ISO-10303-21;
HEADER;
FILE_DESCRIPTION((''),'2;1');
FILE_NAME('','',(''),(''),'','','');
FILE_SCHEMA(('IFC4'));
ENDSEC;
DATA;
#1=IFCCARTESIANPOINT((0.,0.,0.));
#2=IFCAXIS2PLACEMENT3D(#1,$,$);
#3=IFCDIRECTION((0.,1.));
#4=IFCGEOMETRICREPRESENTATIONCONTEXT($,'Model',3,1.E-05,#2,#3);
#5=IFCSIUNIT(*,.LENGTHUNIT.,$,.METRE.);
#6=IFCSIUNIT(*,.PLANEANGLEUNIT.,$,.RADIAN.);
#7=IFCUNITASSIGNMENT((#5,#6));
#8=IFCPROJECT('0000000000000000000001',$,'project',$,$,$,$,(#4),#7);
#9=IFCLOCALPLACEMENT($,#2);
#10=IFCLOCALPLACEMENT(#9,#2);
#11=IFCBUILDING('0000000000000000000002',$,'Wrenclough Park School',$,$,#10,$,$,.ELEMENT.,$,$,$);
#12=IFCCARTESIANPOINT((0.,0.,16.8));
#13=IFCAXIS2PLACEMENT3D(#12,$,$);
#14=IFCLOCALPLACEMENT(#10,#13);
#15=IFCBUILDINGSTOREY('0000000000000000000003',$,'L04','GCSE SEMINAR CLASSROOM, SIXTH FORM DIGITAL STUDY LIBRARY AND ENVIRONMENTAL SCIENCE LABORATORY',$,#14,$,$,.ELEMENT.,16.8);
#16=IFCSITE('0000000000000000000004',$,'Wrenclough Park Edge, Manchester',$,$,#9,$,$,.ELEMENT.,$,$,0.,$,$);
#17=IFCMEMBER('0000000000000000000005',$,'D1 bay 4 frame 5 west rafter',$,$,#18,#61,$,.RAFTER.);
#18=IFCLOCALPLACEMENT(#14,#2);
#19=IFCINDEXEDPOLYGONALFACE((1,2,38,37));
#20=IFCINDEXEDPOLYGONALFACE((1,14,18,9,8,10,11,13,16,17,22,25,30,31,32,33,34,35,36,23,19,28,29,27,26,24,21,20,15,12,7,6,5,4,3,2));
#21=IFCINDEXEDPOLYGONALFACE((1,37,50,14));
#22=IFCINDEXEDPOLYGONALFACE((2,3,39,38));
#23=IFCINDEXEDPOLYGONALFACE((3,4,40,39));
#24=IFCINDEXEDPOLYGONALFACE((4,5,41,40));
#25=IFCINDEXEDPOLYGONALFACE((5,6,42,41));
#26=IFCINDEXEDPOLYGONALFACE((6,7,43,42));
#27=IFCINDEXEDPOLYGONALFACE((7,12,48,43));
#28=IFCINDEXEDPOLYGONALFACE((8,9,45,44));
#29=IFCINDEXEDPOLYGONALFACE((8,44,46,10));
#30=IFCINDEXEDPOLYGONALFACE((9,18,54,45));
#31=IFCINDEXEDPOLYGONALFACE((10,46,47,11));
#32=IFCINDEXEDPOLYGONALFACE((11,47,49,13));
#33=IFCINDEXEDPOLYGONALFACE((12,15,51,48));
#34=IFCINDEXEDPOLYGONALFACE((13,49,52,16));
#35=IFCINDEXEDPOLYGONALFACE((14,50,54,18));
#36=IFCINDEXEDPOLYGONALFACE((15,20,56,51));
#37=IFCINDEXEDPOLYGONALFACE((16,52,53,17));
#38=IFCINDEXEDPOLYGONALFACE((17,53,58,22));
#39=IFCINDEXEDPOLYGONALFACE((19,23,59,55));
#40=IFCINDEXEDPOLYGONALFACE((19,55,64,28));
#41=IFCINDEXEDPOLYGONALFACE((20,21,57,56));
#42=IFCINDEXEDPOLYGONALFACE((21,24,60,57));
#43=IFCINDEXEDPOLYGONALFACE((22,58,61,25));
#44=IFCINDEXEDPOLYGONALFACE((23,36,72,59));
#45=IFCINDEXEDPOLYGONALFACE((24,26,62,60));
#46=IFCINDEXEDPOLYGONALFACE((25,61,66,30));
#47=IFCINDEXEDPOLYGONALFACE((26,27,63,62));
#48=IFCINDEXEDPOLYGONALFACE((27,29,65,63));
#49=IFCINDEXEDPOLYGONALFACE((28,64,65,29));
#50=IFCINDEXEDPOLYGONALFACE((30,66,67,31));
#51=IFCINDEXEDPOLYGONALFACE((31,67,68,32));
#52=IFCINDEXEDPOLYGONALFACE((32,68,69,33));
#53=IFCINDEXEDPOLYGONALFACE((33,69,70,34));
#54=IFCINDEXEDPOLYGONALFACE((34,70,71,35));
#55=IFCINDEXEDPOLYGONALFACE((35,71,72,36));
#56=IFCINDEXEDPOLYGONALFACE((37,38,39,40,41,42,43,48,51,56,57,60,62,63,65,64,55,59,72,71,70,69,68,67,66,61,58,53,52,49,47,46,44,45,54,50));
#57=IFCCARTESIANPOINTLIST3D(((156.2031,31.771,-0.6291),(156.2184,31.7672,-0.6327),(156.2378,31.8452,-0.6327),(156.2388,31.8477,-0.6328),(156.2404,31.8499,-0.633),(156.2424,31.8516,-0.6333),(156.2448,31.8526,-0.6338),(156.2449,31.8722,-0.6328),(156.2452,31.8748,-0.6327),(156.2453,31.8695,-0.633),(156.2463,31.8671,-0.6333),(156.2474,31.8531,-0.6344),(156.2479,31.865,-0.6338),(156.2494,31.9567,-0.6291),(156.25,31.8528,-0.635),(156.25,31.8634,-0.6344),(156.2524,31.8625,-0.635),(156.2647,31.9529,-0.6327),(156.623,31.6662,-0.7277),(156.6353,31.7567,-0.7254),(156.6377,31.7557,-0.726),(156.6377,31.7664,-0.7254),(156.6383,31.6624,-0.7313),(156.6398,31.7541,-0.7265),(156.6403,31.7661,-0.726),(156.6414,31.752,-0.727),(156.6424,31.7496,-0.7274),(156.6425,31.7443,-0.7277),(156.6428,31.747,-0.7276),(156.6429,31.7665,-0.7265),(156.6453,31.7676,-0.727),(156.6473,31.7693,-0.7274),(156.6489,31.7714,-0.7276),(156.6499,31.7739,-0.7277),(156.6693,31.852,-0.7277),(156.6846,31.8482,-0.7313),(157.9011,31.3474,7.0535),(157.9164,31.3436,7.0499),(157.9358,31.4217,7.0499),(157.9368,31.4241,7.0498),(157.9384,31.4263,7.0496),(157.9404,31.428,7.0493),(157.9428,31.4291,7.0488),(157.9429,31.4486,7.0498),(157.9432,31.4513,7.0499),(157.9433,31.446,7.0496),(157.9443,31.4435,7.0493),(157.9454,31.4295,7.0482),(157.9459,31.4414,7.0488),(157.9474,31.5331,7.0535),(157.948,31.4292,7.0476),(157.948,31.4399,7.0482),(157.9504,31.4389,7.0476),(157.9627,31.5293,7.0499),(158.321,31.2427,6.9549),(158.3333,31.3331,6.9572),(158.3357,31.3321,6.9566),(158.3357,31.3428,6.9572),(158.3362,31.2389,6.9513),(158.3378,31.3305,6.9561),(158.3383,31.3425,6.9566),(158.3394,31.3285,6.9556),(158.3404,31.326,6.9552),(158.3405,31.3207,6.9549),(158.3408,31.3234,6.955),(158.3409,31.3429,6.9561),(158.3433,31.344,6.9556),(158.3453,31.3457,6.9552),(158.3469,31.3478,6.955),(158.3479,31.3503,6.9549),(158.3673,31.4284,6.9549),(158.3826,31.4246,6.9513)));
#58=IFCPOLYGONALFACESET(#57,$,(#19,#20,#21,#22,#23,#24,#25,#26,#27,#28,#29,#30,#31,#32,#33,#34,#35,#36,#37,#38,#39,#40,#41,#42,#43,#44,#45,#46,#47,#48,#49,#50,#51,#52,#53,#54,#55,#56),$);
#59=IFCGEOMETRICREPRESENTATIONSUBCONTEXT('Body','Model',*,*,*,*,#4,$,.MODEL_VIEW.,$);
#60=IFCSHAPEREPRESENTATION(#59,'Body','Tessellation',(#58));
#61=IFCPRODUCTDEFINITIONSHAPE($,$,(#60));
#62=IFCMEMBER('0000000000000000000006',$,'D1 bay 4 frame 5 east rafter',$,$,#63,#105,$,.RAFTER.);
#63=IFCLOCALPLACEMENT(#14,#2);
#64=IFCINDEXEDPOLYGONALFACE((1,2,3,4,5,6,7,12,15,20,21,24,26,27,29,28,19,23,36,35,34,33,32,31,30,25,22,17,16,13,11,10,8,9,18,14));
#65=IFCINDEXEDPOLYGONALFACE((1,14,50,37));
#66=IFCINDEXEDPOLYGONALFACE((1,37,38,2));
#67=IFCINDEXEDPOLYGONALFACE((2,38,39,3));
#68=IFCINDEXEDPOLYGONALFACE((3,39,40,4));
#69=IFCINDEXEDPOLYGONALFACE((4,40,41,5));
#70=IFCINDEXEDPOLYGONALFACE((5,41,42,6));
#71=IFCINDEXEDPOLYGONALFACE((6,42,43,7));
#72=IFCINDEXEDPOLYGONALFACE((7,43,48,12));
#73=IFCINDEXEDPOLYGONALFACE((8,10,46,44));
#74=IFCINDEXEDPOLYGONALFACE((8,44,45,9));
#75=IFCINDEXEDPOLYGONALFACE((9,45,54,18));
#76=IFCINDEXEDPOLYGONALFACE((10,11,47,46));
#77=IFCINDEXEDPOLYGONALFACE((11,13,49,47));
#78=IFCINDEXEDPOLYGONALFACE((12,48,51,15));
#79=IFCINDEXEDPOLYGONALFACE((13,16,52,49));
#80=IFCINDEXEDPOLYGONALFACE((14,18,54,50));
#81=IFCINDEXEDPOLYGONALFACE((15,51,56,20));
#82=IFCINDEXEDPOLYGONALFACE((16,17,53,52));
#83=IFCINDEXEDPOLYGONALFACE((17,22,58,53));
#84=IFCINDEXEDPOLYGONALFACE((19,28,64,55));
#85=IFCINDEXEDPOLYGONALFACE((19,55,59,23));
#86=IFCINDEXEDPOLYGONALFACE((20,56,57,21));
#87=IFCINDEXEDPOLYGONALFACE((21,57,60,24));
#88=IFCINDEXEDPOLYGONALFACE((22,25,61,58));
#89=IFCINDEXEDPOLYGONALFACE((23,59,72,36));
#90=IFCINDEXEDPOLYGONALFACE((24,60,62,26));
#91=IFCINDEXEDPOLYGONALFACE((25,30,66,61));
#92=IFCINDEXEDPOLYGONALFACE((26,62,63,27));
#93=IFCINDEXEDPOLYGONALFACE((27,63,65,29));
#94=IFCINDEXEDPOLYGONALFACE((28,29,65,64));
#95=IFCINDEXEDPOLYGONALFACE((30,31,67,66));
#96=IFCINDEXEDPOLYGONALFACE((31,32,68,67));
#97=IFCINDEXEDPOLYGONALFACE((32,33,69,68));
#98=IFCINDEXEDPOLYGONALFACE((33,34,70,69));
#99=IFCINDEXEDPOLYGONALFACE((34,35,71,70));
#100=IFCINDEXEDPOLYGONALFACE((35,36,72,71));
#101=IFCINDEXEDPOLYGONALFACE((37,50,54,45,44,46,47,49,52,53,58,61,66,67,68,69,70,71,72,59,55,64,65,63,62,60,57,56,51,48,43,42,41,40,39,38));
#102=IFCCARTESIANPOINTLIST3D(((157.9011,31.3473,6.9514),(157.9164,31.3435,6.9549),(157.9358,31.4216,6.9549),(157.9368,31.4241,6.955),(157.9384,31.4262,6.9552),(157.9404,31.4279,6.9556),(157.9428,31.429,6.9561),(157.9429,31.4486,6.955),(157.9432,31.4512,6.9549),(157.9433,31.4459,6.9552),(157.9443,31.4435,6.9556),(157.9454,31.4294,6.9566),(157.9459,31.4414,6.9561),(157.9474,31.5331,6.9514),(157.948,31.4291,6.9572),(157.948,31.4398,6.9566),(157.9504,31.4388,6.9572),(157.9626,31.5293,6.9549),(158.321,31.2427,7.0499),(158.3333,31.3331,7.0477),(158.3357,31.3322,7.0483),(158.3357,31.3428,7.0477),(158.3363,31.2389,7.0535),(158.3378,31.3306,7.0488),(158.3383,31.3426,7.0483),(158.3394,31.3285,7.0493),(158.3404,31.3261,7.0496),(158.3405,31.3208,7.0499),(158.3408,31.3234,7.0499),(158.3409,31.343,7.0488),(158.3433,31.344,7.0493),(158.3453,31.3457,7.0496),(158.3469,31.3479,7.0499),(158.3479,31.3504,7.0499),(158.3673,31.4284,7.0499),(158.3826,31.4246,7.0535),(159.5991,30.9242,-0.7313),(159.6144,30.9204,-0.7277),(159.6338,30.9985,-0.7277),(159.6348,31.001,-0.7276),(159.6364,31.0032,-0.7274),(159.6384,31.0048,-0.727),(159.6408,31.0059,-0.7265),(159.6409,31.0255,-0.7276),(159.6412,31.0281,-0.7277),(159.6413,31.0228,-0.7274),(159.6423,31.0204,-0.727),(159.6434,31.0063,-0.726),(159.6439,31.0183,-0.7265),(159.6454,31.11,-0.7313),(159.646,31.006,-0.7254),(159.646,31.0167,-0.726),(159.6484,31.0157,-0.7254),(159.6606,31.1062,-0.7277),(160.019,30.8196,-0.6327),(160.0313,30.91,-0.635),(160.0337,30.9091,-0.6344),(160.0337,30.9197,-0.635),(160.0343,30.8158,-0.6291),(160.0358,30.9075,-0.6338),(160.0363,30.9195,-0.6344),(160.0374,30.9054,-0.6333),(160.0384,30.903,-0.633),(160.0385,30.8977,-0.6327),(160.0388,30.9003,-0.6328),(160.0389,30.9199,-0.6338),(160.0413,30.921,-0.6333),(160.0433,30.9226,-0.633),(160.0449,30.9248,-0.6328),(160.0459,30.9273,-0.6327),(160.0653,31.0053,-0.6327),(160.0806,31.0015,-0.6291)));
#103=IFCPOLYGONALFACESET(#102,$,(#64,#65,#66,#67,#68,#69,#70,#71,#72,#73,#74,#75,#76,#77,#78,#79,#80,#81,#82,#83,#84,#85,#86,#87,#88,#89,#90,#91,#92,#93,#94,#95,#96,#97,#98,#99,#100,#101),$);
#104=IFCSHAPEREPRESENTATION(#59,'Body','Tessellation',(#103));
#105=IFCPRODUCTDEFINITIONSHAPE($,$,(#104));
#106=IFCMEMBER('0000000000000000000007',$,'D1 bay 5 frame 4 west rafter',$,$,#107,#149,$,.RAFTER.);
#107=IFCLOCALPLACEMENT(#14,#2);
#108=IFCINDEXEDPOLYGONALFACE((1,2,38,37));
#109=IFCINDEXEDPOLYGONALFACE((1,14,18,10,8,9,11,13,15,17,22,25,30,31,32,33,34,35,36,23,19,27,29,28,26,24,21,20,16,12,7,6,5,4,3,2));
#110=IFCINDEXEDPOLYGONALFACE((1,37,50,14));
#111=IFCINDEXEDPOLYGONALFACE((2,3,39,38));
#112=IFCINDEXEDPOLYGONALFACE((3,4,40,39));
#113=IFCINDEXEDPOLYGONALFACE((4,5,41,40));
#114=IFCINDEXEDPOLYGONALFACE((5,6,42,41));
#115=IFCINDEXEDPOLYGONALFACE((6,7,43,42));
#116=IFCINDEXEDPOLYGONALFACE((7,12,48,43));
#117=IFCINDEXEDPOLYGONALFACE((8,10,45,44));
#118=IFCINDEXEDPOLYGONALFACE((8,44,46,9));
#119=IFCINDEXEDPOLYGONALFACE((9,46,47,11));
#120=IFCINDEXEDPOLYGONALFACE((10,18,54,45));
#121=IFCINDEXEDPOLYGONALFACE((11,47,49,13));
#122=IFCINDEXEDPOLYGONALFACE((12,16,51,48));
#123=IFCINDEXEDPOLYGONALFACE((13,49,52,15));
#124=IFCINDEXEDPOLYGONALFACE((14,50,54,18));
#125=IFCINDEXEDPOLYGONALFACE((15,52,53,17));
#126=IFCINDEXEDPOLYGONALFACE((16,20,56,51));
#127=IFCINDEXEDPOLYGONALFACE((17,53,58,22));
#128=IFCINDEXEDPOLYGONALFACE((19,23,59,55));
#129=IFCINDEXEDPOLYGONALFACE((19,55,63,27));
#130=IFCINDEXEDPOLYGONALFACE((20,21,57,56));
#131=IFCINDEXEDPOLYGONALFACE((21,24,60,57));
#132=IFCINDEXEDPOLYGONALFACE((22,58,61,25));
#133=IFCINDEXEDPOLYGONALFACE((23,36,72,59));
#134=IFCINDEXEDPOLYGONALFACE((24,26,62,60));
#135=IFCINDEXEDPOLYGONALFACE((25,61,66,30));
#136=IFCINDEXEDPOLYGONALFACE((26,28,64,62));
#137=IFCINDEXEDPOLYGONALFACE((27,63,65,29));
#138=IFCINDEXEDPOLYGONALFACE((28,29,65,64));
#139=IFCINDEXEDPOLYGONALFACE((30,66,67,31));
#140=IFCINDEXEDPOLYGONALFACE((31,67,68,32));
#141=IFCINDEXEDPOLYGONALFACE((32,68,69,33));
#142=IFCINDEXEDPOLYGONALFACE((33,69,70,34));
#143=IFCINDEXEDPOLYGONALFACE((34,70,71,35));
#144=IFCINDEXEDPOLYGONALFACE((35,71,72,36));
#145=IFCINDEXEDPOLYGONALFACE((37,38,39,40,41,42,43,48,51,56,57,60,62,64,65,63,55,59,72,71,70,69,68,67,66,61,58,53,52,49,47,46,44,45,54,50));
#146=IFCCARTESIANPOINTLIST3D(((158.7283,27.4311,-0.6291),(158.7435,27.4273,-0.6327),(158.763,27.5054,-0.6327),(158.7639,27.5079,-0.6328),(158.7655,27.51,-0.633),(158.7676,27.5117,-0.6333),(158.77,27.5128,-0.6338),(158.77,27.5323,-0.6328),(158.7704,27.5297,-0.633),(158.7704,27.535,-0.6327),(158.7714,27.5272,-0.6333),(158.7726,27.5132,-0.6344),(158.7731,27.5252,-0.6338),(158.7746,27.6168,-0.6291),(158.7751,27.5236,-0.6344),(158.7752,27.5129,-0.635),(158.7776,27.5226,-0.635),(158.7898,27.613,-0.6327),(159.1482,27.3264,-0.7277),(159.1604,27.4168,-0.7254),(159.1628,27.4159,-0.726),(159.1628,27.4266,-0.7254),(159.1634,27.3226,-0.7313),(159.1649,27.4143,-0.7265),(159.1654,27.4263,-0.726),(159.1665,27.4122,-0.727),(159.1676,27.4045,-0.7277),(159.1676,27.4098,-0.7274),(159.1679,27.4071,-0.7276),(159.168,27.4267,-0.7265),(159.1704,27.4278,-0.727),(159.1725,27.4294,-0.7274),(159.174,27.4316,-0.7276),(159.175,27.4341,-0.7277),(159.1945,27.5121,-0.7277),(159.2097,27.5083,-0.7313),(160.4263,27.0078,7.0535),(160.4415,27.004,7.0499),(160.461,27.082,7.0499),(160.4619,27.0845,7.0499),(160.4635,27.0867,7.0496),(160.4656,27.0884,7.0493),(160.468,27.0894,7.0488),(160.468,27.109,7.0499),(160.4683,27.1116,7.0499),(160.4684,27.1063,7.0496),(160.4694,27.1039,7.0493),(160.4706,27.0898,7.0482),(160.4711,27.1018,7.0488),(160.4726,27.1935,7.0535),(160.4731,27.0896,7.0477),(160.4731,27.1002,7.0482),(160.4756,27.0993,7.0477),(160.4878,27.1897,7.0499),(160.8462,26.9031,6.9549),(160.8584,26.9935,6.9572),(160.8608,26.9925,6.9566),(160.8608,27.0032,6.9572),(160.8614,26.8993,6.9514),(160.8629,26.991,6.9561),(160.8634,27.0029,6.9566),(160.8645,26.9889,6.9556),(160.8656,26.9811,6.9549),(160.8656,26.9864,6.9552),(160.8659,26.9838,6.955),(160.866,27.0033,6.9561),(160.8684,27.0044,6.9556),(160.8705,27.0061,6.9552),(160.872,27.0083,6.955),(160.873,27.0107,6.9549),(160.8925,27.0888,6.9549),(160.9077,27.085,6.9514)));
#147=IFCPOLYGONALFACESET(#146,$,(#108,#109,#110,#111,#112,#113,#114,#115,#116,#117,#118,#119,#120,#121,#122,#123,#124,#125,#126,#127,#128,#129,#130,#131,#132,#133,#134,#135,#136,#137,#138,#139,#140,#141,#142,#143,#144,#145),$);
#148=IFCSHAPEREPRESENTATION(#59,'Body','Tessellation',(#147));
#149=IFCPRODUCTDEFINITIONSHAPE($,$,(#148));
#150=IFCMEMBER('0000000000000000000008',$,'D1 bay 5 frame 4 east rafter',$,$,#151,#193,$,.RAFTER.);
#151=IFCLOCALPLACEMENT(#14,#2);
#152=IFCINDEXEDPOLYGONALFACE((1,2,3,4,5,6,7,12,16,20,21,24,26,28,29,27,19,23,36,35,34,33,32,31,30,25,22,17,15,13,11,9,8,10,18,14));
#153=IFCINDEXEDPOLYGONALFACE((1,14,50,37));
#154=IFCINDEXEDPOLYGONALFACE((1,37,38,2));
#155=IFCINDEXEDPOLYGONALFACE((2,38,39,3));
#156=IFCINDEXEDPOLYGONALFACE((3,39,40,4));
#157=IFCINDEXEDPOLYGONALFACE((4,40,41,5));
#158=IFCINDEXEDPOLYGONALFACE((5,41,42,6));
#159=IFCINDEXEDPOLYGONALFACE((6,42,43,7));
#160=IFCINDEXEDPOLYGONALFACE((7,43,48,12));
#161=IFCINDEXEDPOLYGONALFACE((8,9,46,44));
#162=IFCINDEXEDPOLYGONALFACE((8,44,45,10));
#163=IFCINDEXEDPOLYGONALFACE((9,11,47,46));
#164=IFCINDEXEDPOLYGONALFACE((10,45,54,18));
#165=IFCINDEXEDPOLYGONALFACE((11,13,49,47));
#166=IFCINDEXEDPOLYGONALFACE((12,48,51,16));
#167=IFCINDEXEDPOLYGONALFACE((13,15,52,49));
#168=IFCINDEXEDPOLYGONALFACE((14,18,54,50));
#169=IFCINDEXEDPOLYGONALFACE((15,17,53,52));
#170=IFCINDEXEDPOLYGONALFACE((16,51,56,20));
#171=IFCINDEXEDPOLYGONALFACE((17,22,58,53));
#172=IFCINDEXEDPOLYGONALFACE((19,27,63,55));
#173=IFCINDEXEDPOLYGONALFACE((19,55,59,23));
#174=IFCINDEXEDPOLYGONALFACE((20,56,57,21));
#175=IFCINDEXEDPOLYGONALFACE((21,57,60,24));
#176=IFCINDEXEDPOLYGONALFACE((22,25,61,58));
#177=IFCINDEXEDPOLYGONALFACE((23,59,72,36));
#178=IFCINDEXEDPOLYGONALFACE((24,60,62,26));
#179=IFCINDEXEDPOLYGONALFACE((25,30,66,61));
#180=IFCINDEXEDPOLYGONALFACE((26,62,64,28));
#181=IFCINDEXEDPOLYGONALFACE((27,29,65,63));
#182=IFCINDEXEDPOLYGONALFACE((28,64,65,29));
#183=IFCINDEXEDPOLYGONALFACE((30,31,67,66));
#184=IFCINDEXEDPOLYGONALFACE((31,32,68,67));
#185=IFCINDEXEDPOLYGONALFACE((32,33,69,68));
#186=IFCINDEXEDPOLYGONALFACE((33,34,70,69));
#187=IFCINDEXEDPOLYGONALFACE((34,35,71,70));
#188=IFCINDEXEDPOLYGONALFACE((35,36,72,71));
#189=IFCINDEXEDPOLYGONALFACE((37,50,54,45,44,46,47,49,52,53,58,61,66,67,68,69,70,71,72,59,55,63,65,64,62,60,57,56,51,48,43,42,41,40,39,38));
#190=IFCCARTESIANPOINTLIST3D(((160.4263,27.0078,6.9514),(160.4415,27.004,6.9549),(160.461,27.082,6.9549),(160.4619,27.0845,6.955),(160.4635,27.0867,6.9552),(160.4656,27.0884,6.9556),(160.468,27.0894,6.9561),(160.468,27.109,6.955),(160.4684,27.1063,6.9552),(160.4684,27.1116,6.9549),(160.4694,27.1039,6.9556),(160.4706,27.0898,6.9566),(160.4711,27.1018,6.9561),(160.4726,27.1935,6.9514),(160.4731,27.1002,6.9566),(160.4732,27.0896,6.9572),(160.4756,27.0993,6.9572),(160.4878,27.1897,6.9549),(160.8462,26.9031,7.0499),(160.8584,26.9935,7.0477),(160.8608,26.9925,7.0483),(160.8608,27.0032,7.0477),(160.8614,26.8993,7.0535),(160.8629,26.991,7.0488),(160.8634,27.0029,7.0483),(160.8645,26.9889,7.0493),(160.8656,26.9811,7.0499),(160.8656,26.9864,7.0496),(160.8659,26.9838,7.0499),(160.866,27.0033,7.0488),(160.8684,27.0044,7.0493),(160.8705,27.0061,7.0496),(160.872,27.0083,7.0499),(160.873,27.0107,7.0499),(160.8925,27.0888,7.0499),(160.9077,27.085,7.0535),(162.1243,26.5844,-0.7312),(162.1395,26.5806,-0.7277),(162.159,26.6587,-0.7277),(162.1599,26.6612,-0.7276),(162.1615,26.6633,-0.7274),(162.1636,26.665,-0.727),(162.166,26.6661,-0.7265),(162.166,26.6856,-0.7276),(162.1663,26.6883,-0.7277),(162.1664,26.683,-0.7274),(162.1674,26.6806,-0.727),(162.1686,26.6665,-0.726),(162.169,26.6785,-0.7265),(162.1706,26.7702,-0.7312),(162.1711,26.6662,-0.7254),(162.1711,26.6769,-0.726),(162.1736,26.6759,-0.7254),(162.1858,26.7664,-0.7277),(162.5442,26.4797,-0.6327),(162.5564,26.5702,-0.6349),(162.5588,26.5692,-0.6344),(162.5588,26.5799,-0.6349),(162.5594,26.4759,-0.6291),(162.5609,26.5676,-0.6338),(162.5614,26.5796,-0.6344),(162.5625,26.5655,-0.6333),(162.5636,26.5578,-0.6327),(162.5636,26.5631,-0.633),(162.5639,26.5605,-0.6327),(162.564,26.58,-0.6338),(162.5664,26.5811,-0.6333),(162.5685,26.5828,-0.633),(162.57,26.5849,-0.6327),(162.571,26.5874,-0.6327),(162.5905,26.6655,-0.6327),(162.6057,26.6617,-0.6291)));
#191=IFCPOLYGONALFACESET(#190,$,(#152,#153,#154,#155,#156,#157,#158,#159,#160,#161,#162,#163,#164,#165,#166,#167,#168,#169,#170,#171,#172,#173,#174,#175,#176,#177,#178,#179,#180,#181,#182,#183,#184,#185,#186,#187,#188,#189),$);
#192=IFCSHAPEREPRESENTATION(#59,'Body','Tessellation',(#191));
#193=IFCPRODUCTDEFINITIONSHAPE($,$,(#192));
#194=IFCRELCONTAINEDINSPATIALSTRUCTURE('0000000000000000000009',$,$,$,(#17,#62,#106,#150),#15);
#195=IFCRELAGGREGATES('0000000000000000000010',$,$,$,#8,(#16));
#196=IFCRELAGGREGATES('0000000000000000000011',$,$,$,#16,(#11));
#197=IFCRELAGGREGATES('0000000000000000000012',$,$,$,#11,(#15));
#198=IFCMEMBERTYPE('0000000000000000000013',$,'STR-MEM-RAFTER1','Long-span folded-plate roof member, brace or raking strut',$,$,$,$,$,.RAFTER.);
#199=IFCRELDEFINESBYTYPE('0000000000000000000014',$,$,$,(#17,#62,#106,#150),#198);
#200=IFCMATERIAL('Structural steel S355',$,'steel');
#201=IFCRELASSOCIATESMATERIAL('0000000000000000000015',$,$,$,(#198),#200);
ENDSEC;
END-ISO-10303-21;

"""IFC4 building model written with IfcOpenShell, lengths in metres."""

from ifc_helpers import new_model, si_unit, direction, frame, origin, origin_2d, place, context, subcontext, project, spatial, i_section, extrude, material, material_profile, profile_set, type_object, element, save


model = new_model("IFC4")

# Units and contexts
model_context = context("Model", 3, precision=1e-05, world=origin(), true_north=direction((0.0, 1.0)))
body_context = subcontext(model_context, "Body", "Model", "MODEL_VIEW")
ifc_project = project(units=[si_unit("LENGTHUNIT", "METRE"), si_unit("PLANEANGLEUNIT", "RADIAN")], contexts=[model_context])

# Site, building, storey
site_placement = place(None, origin())
site = spatial("IfcSite", under=ifc_project, at=site_placement, Name="Wrenclough Park Edge, Manchester", CompositionType="ELEMENT", RefElevation=0.0)
building_placement = place(site_placement, origin())
building = spatial("IfcBuilding", under=site, at=building_placement, Name="Wrenclough Park School", CompositionType="ELEMENT")
storey_placement = place(building_placement, frame((0.0, 0.0, 16.8)))
storey = spatial("IfcBuildingStorey", under=building, at=storey_placement, Name="L04", Description="GCSE SEMINAR CLASSROOM, SIXTH FORM DIGITAL STUDY LIBRARY AND ENVIRONMENTAL SCIENCE LABORATORY", CompositionType="ELEMENT", Elevation=16.8)

# Shared definitions
ifc_material_1 = material(Name="Structural steel S355", Category="steel")

# Members
ifc_material_profile_1 = material_profile(ifc_material_1, i_section(OverallWidth=0.1914, OverallDepth=0.46, WebThickness=0.01, FlangeThickness=0.0161, FilletRadius=0.0103, at=origin_2d()), Name="UKB 457x191x82")
ifc_profile_set_1 = profile_set([ifc_material_profile_1], Name="Structural steel S355")
member_type_1 = type_object("IfcMemberType", Name="STR-MEM-RAFTER1", Description="Long-span folded-plate roof member, brace or raking strut", PredefinedType="RAFTER", material=ifc_profile_set_1)
for number, where, z_axis, x_axis, name in (
    (1, (156.4438, 31.8096, -0.6802), (0.215498, -0.053758, 0.975023), (0.242043, 0.970265, 0.0), "D1 bay 4 frame 5 west rafter"),
    (2, (158.1418, 31.386, 7.0024), (0.215499, -0.053696, -0.975027), (0.241781, 0.970331, 0.0), "D1 bay 4 frame 5 east rafter"),
    (3, (158.969, 27.4697, -0.6802), (0.215498, -0.053727, 0.975025), (0.241912, 0.970298, 0.0), "D1 bay 5 frame 4 west rafter"),
    (4, (160.667, 27.0464, 7.0024), (0.215498, -0.053727, -0.975025), (0.241912, 0.970298, 0.0), "D1 bay 5 frame 4 east rafter"),
):
    element("IfcMember", number, at=place(storey_placement, frame(where, z_axis=z_axis, x_axis=x_axis)), inside=storey, type_object=member_type_1, Name=name, PredefinedType="RAFTER", context=body_context, shape_type="SweptSolid", body=[
        extrude(i_section(OverallWidth=0.1914, OverallDepth=0.46, WebThickness=0.01, FlangeThickness=0.0161, FilletRadius=0.0103, at=origin_2d()), origin(), (0.0, 0.0, 1.0), 7.8794),
    ])

save(model, "model.ifc")
